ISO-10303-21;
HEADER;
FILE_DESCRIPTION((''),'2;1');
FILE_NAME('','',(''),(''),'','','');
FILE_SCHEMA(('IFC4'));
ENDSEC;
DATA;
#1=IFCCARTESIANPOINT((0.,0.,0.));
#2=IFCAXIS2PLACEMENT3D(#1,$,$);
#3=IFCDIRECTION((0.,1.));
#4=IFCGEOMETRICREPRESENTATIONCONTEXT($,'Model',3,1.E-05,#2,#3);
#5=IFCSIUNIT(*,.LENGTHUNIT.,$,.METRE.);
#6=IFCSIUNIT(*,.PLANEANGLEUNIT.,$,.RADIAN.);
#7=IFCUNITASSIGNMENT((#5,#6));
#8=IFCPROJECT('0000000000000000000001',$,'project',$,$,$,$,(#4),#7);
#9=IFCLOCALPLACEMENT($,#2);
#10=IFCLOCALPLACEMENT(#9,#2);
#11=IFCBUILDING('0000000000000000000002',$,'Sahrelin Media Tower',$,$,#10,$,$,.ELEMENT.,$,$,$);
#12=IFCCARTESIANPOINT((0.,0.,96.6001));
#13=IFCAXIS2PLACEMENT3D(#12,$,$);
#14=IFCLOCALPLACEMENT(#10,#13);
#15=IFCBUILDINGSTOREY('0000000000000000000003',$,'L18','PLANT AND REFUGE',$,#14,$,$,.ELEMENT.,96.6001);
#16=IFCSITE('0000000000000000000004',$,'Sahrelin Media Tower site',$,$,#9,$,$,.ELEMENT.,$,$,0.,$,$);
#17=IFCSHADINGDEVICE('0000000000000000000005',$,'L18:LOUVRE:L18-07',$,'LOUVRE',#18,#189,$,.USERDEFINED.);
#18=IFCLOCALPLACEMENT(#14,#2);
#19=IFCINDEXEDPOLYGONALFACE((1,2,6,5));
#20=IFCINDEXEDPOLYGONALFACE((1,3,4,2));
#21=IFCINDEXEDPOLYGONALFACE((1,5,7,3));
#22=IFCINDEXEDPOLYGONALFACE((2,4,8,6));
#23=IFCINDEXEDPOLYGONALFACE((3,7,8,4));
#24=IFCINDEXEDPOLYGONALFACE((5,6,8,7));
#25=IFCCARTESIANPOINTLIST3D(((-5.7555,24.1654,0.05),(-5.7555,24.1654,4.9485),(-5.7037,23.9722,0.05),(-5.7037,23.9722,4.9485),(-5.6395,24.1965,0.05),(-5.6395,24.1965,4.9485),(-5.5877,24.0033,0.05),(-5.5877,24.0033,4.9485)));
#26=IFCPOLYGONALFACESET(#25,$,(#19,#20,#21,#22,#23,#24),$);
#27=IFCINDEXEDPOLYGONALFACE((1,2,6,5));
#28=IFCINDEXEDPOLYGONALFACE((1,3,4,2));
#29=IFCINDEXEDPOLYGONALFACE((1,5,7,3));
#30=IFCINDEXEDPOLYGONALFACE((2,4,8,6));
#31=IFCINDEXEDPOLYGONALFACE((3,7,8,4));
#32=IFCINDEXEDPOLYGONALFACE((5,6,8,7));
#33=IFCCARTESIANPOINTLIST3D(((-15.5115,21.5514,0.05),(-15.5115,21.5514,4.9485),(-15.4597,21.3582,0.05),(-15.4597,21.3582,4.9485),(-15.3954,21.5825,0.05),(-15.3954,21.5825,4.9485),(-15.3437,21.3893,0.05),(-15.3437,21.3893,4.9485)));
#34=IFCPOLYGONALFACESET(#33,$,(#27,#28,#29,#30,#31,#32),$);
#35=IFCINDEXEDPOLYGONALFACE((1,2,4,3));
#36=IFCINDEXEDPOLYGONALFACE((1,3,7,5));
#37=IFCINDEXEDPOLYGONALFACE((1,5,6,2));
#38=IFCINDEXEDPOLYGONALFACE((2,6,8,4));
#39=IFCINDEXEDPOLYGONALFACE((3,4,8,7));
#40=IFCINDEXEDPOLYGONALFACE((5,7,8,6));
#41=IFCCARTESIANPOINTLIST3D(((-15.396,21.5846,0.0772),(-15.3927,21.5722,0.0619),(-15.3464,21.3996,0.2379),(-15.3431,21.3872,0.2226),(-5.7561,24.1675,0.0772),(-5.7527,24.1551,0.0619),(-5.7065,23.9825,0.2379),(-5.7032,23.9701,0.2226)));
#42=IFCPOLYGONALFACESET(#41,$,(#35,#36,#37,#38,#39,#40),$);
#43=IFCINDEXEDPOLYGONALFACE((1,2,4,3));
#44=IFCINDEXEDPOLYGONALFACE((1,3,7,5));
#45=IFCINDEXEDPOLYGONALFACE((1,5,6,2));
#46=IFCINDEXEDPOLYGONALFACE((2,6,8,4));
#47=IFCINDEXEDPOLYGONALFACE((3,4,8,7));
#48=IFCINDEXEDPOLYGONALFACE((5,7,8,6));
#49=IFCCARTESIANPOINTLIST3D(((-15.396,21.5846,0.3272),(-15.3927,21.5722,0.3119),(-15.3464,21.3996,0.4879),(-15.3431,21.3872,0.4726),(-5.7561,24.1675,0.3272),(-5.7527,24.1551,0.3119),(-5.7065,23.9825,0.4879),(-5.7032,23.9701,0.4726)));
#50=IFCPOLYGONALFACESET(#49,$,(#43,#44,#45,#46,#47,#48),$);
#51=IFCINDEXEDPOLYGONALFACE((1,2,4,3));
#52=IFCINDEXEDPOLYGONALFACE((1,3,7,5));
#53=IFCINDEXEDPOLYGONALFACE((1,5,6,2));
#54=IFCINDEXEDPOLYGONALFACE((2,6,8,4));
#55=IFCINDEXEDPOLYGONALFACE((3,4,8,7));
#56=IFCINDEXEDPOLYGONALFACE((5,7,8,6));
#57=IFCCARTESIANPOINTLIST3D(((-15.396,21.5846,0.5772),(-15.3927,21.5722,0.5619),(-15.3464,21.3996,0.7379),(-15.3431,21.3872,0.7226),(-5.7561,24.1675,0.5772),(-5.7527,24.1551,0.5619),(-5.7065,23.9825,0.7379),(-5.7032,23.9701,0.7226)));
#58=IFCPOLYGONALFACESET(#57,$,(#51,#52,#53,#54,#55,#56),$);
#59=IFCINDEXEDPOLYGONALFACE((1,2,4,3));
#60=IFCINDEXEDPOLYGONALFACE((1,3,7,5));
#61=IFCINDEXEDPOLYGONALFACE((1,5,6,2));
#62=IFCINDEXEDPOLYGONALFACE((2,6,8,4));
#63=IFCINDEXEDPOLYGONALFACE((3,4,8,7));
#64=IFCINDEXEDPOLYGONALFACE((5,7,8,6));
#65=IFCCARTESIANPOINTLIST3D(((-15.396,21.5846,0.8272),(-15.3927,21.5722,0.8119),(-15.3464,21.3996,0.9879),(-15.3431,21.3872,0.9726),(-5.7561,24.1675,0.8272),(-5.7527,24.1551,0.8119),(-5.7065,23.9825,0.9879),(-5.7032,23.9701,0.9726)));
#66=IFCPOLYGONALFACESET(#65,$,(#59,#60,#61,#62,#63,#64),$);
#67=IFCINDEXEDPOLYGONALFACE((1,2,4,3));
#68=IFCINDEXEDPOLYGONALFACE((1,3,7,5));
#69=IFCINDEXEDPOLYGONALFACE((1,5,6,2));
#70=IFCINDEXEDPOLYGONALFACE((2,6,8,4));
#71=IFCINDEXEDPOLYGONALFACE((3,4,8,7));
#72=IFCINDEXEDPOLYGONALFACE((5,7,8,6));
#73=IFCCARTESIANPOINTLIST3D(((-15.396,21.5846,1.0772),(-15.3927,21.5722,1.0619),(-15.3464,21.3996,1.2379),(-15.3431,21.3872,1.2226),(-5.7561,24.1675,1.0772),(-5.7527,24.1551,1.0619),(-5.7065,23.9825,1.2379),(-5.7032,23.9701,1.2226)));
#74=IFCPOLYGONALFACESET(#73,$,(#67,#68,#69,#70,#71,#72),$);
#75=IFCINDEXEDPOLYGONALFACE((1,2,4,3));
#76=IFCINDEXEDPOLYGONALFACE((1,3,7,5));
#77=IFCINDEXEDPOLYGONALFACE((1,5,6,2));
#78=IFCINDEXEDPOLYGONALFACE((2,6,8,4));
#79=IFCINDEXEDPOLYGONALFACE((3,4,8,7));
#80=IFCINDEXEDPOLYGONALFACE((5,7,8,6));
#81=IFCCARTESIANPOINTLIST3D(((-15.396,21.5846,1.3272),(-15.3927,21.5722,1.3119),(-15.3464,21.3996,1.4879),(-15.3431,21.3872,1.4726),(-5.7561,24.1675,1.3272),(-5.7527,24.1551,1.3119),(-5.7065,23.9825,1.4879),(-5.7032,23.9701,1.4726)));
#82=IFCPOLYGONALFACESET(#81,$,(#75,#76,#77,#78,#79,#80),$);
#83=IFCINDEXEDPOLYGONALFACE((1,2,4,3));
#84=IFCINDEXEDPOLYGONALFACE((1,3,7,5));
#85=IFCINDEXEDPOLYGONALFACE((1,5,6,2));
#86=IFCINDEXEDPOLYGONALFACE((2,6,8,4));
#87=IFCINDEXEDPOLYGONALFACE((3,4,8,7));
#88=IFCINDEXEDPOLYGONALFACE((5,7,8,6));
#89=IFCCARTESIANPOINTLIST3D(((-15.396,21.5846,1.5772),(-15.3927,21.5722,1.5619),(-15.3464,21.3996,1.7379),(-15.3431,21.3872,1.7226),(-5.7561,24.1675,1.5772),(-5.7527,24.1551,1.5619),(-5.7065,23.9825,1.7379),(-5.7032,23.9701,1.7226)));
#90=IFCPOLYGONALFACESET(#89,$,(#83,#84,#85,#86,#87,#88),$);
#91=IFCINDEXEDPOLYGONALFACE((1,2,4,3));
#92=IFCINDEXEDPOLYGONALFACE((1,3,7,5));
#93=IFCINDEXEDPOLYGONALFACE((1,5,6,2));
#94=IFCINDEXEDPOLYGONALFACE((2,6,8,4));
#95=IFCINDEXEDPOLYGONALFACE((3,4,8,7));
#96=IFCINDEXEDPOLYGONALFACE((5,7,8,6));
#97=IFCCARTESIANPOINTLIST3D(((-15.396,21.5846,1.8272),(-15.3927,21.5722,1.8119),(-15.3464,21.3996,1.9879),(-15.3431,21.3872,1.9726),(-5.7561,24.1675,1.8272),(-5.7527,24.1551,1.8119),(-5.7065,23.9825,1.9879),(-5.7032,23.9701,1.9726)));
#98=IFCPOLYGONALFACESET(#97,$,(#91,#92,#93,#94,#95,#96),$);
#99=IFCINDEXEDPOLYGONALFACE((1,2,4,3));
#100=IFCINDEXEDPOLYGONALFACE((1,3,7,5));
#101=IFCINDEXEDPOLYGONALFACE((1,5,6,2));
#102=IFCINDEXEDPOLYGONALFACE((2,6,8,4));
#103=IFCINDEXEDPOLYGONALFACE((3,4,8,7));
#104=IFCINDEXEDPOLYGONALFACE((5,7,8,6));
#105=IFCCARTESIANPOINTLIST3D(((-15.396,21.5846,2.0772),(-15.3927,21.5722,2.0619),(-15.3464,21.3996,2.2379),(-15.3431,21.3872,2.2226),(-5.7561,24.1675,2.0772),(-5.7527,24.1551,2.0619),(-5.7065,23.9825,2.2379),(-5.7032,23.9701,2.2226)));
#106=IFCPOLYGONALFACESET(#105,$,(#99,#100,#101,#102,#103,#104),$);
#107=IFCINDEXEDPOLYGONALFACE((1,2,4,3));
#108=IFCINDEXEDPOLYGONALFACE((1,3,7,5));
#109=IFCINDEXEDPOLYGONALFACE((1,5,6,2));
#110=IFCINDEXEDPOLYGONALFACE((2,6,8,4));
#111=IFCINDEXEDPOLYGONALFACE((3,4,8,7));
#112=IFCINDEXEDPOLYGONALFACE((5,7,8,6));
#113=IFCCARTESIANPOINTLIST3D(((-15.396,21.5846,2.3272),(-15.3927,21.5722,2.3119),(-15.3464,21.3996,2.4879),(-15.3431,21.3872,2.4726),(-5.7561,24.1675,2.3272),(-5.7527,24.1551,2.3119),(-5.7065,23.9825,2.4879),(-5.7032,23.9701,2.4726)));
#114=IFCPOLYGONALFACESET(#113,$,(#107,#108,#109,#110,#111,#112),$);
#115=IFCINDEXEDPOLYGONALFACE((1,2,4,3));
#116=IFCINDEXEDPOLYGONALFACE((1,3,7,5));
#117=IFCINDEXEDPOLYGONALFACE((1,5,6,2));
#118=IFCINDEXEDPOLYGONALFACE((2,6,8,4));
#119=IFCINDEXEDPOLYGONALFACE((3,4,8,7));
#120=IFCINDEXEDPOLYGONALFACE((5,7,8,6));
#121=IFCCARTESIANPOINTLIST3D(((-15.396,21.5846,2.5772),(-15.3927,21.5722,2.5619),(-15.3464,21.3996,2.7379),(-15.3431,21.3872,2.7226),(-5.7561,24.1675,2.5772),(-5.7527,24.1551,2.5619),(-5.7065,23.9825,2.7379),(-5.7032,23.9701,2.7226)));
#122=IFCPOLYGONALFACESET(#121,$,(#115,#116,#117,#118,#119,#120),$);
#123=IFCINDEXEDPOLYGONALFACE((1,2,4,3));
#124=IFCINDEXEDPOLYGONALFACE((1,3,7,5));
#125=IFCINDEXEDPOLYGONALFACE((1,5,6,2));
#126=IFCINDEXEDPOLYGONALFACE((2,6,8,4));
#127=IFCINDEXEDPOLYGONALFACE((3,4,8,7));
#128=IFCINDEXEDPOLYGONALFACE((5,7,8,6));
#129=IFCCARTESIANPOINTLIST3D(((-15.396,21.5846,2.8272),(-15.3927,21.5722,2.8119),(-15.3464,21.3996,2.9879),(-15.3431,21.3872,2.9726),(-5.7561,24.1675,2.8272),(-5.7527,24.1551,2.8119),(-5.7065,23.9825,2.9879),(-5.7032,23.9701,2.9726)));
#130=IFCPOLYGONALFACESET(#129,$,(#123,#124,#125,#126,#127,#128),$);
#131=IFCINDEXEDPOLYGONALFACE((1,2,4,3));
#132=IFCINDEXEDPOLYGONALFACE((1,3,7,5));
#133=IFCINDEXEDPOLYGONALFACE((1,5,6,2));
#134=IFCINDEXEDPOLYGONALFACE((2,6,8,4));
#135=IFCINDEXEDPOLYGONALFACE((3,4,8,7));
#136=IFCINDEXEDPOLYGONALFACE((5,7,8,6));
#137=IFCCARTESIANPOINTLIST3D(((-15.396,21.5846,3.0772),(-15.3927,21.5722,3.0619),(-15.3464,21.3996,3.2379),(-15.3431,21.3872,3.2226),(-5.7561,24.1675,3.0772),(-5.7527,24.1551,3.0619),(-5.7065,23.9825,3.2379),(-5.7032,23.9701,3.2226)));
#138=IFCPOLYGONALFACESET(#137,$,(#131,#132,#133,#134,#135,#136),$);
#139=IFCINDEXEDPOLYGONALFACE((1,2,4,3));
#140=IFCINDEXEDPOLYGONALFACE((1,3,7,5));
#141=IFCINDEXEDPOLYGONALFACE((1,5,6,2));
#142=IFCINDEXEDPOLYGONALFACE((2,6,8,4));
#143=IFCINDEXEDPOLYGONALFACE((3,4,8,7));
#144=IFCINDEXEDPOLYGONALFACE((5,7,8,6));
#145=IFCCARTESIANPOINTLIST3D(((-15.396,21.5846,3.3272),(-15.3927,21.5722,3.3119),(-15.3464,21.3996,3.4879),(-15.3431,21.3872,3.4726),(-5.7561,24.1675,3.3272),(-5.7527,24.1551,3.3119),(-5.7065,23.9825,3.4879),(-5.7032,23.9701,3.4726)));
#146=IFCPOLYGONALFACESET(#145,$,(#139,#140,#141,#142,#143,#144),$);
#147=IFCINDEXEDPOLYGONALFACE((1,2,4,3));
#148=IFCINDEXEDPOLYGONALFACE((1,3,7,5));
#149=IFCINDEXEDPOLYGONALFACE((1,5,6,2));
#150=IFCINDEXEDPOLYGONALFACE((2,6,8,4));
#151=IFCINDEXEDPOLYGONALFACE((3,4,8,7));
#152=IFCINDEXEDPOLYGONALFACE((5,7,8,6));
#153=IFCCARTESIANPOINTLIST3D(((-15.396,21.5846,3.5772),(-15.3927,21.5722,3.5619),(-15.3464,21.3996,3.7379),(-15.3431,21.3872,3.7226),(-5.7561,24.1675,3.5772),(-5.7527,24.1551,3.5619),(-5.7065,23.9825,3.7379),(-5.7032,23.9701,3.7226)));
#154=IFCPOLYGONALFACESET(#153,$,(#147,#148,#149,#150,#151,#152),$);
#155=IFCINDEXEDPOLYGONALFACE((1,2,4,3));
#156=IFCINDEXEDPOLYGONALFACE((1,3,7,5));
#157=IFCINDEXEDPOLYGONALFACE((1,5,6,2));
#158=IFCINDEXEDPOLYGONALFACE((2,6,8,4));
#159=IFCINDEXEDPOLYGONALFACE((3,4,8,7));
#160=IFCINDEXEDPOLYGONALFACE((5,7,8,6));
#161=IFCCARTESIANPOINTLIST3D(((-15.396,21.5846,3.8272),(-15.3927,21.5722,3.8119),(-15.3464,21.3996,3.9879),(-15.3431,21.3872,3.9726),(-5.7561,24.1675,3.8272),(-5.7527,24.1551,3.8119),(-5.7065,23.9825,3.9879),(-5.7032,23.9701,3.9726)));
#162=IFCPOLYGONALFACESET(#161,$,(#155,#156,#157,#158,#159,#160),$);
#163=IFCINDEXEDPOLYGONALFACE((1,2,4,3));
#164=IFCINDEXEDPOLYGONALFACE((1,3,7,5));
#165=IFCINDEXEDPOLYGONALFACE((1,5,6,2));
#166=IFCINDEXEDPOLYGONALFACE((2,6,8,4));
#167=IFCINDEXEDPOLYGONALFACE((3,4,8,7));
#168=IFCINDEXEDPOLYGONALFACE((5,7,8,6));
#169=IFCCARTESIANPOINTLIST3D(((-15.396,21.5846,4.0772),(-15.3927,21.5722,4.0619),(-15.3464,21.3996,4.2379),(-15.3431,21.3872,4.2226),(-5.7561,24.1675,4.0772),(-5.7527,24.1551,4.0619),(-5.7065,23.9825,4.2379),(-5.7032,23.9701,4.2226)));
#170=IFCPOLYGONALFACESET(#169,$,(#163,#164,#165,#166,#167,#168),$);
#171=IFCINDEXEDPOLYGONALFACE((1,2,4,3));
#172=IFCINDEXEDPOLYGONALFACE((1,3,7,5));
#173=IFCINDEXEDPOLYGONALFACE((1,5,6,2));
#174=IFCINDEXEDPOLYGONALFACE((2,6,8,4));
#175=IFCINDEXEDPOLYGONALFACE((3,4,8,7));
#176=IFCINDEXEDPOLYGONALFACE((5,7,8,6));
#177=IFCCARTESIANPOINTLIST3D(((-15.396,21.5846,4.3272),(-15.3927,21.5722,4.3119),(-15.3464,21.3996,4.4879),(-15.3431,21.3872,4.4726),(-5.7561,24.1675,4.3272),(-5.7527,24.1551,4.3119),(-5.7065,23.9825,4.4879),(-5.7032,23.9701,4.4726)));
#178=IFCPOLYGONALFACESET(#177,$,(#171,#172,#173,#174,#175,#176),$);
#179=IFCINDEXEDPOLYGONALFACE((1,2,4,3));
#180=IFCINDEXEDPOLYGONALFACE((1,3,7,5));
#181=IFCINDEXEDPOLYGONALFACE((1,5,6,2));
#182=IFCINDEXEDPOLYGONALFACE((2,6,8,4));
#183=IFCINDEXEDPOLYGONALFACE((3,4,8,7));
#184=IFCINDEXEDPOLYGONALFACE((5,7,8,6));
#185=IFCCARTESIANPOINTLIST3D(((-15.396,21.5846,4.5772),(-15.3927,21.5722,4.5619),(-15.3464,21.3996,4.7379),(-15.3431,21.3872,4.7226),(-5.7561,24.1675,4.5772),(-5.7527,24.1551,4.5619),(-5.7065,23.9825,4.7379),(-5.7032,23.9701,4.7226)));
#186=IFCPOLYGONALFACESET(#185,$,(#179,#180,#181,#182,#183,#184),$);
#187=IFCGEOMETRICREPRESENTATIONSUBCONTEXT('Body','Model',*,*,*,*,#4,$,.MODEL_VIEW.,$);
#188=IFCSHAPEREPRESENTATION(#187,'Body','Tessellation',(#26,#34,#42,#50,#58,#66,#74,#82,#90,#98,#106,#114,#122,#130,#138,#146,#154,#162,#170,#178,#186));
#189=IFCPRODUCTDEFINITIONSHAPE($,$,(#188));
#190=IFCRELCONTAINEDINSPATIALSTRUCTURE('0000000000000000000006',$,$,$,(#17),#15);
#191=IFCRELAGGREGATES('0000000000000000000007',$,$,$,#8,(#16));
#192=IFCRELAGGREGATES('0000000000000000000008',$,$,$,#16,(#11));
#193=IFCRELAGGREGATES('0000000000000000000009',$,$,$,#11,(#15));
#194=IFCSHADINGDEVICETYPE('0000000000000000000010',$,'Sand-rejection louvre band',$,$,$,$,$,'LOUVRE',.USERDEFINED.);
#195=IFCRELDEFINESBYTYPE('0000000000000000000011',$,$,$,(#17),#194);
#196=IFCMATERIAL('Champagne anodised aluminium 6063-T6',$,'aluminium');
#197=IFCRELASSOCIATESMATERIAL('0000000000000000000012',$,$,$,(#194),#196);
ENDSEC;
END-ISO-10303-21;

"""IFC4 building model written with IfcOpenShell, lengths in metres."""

from ifc_helpers import new_model, si_unit, direction, frame, origin, origin_2d, place, context, subcontext, project, spatial, rectangle, extrude, material, type_object, element, save


model = new_model("IFC4")

# Units and contexts
model_context = context("Model", 3, precision=1e-05, world=origin(), true_north=direction((0.0, 1.0)))
body_context = subcontext(model_context, "Body", "Model", "MODEL_VIEW")
ifc_project = project(units=[si_unit("LENGTHUNIT", "METRE"), si_unit("PLANEANGLEUNIT", "RADIAN")], contexts=[model_context])

# Site, building, storey
site_placement = place(None, origin())
site = spatial("IfcSite", under=ifc_project, at=site_placement, Name="Sahrelin Media Tower site", CompositionType="ELEMENT", RefElevation=0.0)
building_placement = place(site_placement, origin())
building = spatial("IfcBuilding", under=site, at=building_placement, Name="Sahrelin Media Tower", CompositionType="ELEMENT")
storey_placement = place(building_placement, frame((0.0, 0.0, 96.6001)))
storey = spatial("IfcBuildingStorey", under=building, at=storey_placement, Name="L18", Description="PLANT AND REFUGE", CompositionType="ELEMENT", Elevation=96.6001)

# Shading device
ifc_material_1 = material(Name="Champagne anodised aluminium 6063-T6", Category="aluminium")
shading_device_type = type_object("IfcShadingDeviceType", Name="Sand-rejection louvre band", ElementType="LOUVRE", PredefinedType="USERDEFINED", material=ifc_material_1)
shading_device_1_placement = place(storey_placement, frame((-10.5237, 22.6807, 0.0), z_axis=(0.0, 0.0, 1.0), x_axis=(0.965929, 0.258808, 0.0)))
element("IfcShadingDevice", 1, at=shading_device_1_placement, inside=storey, type_object=shading_device_type, Name="L18:LOUVRE:L18-07", ObjectType="LOUVRE", PredefinedType="USERDEFINED", context=body_context, shape_type="SweptSolid", body=[
    extrude(rectangle(XDim=0.1201, YDim=0.2, at=origin_2d()), frame((5.05, 0.1001, 0.05), z_axis=(0.0, 0.0, 1.0), x_axis=(1.0, 0.0, 0.0)), (0.0, 0.0, 1.0), 4.8984),
    extrude(rectangle(XDim=0.1201, YDim=0.2, at=origin_2d()), frame((-5.05, 0.1001, 0.05), z_axis=(0.0, 0.0, 1.0), x_axis=(1.0, 0.0, 0.0)), (0.0, 0.0, 1.0), 4.8984),
    extrude(rectangle(XDim=0.25, YDim=0.02, at=origin_2d()), frame((4.99, 0.1001, 0.1499), z_axis=(-1.0, 0.0, 0.0), x_axis=(0.0, -0.766044, 0.642788)), (0.0, 0.0, 1.0), 9.98),
    extrude(rectangle(XDim=0.25, YDim=0.02, at=origin_2d()), frame((4.99, 0.1001, 0.3999), z_axis=(-1.0, 0.0, 0.0), x_axis=(0.0, -0.766044, 0.642788)), (0.0, 0.0, 1.0), 9.98),
    extrude(rectangle(XDim=0.25, YDim=0.02, at=origin_2d()), frame((4.99, 0.1001, 0.6499), z_axis=(-1.0, 0.0, 0.0), x_axis=(0.0, -0.766044, 0.642788)), (0.0, 0.0, 1.0), 9.98),
    extrude(rectangle(XDim=0.25, YDim=0.02, at=origin_2d()), frame((4.99, 0.1001, 0.8999), z_axis=(-1.0, 0.0, 0.0), x_axis=(0.0, -0.766044, 0.642788)), (0.0, 0.0, 1.0), 9.98),
    extrude(rectangle(XDim=0.25, YDim=0.02, at=origin_2d()), frame((4.99, 0.1001, 1.1499), z_axis=(-1.0, 0.0, 0.0), x_axis=(0.0, -0.766044, 0.642788)), (0.0, 0.0, 1.0), 9.98),
    extrude(rectangle(XDim=0.25, YDim=0.02, at=origin_2d()), frame((4.99, 0.1001, 1.3999), z_axis=(-1.0, 0.0, 0.0), x_axis=(0.0, -0.766044, 0.642788)), (0.0, 0.0, 1.0), 9.98),
    extrude(rectangle(XDim=0.25, YDim=0.02, at=origin_2d()), frame((4.99, 0.1001, 1.6499), z_axis=(-1.0, 0.0, 0.0), x_axis=(0.0, -0.766044, 0.642788)), (0.0, 0.0, 1.0), 9.98),
    extrude(rectangle(XDim=0.25, YDim=0.02, at=origin_2d()), frame((4.99, 0.1001, 1.8999), z_axis=(-1.0, 0.0, 0.0), x_axis=(0.0, -0.766044, 0.642788)), (0.0, 0.0, 1.0), 9.98),
    extrude(rectangle(XDim=0.25, YDim=0.02, at=origin_2d()), frame((4.99, 0.1001, 2.1499), z_axis=(-1.0, 0.0, 0.0), x_axis=(0.0, -0.766044, 0.642788)), (0.0, 0.0, 1.0), 9.98),
    extrude(rectangle(XDim=0.25, YDim=0.02, at=origin_2d()), frame((4.99, 0.1001, 2.3999), z_axis=(-1.0, 0.0, 0.0), x_axis=(0.0, -0.766044, 0.642788)), (0.0, 0.0, 1.0), 9.98),
    extrude(rectangle(XDim=0.25, YDim=0.02, at=origin_2d()), frame((4.99, 0.1001, 2.6499), z_axis=(-1.0, 0.0, 0.0), x_axis=(0.0, -0.766044, 0.642788)), (0.0, 0.0, 1.0), 9.98),
    extrude(rectangle(XDim=0.25, YDim=0.02, at=origin_2d()), frame((4.99, 0.1001, 2.8999), z_axis=(-1.0, 0.0, 0.0), x_axis=(0.0, -0.766044, 0.642788)), (0.0, 0.0, 1.0), 9.98),
    extrude(rectangle(XDim=0.25, YDim=0.02, at=origin_2d()), frame((4.99, 0.1001, 3.1499), z_axis=(-1.0, 0.0, 0.0), x_axis=(0.0, -0.766044, 0.642788)), (0.0, 0.0, 1.0), 9.98),
    extrude(rectangle(XDim=0.25, YDim=0.02, at=origin_2d()), frame((4.99, 0.1001, 3.3999), z_axis=(-1.0, 0.0, 0.0), x_axis=(0.0, -0.766044, 0.642788)), (0.0, 0.0, 1.0), 9.98),
    extrude(rectangle(XDim=0.25, YDim=0.02, at=origin_2d()), frame((4.99, 0.1001, 3.6499), z_axis=(-1.0, 0.0, 0.0), x_axis=(0.0, -0.766044, 0.642788)), (0.0, 0.0, 1.0), 9.98),
    extrude(rectangle(XDim=0.25, YDim=0.02, at=origin_2d()), frame((4.99, 0.1001, 3.8999), z_axis=(-1.0, 0.0, 0.0), x_axis=(0.0, -0.766044, 0.642788)), (0.0, 0.0, 1.0), 9.98),
    extrude(rectangle(XDim=0.25, YDim=0.02, at=origin_2d()), frame((4.99, 0.1001, 4.1499), z_axis=(-1.0, 0.0, 0.0), x_axis=(0.0, -0.766044, 0.642788)), (0.0, 0.0, 1.0), 9.98),
    extrude(rectangle(XDim=0.25, YDim=0.02, at=origin_2d()), frame((4.99, 0.1001, 4.3999), z_axis=(-1.0, 0.0, 0.0), x_axis=(0.0, -0.766044, 0.642788)), (0.0, 0.0, 1.0), 9.98),
    extrude(rectangle(XDim=0.25, YDim=0.02, at=origin_2d()), frame((4.99, 0.1001, 4.6499), z_axis=(-1.0, 0.0, 0.0), x_axis=(0.0, -0.766044, 0.642788)), (0.0, 0.0, 1.0), 9.98),
])

save(model, "model.ifc")
